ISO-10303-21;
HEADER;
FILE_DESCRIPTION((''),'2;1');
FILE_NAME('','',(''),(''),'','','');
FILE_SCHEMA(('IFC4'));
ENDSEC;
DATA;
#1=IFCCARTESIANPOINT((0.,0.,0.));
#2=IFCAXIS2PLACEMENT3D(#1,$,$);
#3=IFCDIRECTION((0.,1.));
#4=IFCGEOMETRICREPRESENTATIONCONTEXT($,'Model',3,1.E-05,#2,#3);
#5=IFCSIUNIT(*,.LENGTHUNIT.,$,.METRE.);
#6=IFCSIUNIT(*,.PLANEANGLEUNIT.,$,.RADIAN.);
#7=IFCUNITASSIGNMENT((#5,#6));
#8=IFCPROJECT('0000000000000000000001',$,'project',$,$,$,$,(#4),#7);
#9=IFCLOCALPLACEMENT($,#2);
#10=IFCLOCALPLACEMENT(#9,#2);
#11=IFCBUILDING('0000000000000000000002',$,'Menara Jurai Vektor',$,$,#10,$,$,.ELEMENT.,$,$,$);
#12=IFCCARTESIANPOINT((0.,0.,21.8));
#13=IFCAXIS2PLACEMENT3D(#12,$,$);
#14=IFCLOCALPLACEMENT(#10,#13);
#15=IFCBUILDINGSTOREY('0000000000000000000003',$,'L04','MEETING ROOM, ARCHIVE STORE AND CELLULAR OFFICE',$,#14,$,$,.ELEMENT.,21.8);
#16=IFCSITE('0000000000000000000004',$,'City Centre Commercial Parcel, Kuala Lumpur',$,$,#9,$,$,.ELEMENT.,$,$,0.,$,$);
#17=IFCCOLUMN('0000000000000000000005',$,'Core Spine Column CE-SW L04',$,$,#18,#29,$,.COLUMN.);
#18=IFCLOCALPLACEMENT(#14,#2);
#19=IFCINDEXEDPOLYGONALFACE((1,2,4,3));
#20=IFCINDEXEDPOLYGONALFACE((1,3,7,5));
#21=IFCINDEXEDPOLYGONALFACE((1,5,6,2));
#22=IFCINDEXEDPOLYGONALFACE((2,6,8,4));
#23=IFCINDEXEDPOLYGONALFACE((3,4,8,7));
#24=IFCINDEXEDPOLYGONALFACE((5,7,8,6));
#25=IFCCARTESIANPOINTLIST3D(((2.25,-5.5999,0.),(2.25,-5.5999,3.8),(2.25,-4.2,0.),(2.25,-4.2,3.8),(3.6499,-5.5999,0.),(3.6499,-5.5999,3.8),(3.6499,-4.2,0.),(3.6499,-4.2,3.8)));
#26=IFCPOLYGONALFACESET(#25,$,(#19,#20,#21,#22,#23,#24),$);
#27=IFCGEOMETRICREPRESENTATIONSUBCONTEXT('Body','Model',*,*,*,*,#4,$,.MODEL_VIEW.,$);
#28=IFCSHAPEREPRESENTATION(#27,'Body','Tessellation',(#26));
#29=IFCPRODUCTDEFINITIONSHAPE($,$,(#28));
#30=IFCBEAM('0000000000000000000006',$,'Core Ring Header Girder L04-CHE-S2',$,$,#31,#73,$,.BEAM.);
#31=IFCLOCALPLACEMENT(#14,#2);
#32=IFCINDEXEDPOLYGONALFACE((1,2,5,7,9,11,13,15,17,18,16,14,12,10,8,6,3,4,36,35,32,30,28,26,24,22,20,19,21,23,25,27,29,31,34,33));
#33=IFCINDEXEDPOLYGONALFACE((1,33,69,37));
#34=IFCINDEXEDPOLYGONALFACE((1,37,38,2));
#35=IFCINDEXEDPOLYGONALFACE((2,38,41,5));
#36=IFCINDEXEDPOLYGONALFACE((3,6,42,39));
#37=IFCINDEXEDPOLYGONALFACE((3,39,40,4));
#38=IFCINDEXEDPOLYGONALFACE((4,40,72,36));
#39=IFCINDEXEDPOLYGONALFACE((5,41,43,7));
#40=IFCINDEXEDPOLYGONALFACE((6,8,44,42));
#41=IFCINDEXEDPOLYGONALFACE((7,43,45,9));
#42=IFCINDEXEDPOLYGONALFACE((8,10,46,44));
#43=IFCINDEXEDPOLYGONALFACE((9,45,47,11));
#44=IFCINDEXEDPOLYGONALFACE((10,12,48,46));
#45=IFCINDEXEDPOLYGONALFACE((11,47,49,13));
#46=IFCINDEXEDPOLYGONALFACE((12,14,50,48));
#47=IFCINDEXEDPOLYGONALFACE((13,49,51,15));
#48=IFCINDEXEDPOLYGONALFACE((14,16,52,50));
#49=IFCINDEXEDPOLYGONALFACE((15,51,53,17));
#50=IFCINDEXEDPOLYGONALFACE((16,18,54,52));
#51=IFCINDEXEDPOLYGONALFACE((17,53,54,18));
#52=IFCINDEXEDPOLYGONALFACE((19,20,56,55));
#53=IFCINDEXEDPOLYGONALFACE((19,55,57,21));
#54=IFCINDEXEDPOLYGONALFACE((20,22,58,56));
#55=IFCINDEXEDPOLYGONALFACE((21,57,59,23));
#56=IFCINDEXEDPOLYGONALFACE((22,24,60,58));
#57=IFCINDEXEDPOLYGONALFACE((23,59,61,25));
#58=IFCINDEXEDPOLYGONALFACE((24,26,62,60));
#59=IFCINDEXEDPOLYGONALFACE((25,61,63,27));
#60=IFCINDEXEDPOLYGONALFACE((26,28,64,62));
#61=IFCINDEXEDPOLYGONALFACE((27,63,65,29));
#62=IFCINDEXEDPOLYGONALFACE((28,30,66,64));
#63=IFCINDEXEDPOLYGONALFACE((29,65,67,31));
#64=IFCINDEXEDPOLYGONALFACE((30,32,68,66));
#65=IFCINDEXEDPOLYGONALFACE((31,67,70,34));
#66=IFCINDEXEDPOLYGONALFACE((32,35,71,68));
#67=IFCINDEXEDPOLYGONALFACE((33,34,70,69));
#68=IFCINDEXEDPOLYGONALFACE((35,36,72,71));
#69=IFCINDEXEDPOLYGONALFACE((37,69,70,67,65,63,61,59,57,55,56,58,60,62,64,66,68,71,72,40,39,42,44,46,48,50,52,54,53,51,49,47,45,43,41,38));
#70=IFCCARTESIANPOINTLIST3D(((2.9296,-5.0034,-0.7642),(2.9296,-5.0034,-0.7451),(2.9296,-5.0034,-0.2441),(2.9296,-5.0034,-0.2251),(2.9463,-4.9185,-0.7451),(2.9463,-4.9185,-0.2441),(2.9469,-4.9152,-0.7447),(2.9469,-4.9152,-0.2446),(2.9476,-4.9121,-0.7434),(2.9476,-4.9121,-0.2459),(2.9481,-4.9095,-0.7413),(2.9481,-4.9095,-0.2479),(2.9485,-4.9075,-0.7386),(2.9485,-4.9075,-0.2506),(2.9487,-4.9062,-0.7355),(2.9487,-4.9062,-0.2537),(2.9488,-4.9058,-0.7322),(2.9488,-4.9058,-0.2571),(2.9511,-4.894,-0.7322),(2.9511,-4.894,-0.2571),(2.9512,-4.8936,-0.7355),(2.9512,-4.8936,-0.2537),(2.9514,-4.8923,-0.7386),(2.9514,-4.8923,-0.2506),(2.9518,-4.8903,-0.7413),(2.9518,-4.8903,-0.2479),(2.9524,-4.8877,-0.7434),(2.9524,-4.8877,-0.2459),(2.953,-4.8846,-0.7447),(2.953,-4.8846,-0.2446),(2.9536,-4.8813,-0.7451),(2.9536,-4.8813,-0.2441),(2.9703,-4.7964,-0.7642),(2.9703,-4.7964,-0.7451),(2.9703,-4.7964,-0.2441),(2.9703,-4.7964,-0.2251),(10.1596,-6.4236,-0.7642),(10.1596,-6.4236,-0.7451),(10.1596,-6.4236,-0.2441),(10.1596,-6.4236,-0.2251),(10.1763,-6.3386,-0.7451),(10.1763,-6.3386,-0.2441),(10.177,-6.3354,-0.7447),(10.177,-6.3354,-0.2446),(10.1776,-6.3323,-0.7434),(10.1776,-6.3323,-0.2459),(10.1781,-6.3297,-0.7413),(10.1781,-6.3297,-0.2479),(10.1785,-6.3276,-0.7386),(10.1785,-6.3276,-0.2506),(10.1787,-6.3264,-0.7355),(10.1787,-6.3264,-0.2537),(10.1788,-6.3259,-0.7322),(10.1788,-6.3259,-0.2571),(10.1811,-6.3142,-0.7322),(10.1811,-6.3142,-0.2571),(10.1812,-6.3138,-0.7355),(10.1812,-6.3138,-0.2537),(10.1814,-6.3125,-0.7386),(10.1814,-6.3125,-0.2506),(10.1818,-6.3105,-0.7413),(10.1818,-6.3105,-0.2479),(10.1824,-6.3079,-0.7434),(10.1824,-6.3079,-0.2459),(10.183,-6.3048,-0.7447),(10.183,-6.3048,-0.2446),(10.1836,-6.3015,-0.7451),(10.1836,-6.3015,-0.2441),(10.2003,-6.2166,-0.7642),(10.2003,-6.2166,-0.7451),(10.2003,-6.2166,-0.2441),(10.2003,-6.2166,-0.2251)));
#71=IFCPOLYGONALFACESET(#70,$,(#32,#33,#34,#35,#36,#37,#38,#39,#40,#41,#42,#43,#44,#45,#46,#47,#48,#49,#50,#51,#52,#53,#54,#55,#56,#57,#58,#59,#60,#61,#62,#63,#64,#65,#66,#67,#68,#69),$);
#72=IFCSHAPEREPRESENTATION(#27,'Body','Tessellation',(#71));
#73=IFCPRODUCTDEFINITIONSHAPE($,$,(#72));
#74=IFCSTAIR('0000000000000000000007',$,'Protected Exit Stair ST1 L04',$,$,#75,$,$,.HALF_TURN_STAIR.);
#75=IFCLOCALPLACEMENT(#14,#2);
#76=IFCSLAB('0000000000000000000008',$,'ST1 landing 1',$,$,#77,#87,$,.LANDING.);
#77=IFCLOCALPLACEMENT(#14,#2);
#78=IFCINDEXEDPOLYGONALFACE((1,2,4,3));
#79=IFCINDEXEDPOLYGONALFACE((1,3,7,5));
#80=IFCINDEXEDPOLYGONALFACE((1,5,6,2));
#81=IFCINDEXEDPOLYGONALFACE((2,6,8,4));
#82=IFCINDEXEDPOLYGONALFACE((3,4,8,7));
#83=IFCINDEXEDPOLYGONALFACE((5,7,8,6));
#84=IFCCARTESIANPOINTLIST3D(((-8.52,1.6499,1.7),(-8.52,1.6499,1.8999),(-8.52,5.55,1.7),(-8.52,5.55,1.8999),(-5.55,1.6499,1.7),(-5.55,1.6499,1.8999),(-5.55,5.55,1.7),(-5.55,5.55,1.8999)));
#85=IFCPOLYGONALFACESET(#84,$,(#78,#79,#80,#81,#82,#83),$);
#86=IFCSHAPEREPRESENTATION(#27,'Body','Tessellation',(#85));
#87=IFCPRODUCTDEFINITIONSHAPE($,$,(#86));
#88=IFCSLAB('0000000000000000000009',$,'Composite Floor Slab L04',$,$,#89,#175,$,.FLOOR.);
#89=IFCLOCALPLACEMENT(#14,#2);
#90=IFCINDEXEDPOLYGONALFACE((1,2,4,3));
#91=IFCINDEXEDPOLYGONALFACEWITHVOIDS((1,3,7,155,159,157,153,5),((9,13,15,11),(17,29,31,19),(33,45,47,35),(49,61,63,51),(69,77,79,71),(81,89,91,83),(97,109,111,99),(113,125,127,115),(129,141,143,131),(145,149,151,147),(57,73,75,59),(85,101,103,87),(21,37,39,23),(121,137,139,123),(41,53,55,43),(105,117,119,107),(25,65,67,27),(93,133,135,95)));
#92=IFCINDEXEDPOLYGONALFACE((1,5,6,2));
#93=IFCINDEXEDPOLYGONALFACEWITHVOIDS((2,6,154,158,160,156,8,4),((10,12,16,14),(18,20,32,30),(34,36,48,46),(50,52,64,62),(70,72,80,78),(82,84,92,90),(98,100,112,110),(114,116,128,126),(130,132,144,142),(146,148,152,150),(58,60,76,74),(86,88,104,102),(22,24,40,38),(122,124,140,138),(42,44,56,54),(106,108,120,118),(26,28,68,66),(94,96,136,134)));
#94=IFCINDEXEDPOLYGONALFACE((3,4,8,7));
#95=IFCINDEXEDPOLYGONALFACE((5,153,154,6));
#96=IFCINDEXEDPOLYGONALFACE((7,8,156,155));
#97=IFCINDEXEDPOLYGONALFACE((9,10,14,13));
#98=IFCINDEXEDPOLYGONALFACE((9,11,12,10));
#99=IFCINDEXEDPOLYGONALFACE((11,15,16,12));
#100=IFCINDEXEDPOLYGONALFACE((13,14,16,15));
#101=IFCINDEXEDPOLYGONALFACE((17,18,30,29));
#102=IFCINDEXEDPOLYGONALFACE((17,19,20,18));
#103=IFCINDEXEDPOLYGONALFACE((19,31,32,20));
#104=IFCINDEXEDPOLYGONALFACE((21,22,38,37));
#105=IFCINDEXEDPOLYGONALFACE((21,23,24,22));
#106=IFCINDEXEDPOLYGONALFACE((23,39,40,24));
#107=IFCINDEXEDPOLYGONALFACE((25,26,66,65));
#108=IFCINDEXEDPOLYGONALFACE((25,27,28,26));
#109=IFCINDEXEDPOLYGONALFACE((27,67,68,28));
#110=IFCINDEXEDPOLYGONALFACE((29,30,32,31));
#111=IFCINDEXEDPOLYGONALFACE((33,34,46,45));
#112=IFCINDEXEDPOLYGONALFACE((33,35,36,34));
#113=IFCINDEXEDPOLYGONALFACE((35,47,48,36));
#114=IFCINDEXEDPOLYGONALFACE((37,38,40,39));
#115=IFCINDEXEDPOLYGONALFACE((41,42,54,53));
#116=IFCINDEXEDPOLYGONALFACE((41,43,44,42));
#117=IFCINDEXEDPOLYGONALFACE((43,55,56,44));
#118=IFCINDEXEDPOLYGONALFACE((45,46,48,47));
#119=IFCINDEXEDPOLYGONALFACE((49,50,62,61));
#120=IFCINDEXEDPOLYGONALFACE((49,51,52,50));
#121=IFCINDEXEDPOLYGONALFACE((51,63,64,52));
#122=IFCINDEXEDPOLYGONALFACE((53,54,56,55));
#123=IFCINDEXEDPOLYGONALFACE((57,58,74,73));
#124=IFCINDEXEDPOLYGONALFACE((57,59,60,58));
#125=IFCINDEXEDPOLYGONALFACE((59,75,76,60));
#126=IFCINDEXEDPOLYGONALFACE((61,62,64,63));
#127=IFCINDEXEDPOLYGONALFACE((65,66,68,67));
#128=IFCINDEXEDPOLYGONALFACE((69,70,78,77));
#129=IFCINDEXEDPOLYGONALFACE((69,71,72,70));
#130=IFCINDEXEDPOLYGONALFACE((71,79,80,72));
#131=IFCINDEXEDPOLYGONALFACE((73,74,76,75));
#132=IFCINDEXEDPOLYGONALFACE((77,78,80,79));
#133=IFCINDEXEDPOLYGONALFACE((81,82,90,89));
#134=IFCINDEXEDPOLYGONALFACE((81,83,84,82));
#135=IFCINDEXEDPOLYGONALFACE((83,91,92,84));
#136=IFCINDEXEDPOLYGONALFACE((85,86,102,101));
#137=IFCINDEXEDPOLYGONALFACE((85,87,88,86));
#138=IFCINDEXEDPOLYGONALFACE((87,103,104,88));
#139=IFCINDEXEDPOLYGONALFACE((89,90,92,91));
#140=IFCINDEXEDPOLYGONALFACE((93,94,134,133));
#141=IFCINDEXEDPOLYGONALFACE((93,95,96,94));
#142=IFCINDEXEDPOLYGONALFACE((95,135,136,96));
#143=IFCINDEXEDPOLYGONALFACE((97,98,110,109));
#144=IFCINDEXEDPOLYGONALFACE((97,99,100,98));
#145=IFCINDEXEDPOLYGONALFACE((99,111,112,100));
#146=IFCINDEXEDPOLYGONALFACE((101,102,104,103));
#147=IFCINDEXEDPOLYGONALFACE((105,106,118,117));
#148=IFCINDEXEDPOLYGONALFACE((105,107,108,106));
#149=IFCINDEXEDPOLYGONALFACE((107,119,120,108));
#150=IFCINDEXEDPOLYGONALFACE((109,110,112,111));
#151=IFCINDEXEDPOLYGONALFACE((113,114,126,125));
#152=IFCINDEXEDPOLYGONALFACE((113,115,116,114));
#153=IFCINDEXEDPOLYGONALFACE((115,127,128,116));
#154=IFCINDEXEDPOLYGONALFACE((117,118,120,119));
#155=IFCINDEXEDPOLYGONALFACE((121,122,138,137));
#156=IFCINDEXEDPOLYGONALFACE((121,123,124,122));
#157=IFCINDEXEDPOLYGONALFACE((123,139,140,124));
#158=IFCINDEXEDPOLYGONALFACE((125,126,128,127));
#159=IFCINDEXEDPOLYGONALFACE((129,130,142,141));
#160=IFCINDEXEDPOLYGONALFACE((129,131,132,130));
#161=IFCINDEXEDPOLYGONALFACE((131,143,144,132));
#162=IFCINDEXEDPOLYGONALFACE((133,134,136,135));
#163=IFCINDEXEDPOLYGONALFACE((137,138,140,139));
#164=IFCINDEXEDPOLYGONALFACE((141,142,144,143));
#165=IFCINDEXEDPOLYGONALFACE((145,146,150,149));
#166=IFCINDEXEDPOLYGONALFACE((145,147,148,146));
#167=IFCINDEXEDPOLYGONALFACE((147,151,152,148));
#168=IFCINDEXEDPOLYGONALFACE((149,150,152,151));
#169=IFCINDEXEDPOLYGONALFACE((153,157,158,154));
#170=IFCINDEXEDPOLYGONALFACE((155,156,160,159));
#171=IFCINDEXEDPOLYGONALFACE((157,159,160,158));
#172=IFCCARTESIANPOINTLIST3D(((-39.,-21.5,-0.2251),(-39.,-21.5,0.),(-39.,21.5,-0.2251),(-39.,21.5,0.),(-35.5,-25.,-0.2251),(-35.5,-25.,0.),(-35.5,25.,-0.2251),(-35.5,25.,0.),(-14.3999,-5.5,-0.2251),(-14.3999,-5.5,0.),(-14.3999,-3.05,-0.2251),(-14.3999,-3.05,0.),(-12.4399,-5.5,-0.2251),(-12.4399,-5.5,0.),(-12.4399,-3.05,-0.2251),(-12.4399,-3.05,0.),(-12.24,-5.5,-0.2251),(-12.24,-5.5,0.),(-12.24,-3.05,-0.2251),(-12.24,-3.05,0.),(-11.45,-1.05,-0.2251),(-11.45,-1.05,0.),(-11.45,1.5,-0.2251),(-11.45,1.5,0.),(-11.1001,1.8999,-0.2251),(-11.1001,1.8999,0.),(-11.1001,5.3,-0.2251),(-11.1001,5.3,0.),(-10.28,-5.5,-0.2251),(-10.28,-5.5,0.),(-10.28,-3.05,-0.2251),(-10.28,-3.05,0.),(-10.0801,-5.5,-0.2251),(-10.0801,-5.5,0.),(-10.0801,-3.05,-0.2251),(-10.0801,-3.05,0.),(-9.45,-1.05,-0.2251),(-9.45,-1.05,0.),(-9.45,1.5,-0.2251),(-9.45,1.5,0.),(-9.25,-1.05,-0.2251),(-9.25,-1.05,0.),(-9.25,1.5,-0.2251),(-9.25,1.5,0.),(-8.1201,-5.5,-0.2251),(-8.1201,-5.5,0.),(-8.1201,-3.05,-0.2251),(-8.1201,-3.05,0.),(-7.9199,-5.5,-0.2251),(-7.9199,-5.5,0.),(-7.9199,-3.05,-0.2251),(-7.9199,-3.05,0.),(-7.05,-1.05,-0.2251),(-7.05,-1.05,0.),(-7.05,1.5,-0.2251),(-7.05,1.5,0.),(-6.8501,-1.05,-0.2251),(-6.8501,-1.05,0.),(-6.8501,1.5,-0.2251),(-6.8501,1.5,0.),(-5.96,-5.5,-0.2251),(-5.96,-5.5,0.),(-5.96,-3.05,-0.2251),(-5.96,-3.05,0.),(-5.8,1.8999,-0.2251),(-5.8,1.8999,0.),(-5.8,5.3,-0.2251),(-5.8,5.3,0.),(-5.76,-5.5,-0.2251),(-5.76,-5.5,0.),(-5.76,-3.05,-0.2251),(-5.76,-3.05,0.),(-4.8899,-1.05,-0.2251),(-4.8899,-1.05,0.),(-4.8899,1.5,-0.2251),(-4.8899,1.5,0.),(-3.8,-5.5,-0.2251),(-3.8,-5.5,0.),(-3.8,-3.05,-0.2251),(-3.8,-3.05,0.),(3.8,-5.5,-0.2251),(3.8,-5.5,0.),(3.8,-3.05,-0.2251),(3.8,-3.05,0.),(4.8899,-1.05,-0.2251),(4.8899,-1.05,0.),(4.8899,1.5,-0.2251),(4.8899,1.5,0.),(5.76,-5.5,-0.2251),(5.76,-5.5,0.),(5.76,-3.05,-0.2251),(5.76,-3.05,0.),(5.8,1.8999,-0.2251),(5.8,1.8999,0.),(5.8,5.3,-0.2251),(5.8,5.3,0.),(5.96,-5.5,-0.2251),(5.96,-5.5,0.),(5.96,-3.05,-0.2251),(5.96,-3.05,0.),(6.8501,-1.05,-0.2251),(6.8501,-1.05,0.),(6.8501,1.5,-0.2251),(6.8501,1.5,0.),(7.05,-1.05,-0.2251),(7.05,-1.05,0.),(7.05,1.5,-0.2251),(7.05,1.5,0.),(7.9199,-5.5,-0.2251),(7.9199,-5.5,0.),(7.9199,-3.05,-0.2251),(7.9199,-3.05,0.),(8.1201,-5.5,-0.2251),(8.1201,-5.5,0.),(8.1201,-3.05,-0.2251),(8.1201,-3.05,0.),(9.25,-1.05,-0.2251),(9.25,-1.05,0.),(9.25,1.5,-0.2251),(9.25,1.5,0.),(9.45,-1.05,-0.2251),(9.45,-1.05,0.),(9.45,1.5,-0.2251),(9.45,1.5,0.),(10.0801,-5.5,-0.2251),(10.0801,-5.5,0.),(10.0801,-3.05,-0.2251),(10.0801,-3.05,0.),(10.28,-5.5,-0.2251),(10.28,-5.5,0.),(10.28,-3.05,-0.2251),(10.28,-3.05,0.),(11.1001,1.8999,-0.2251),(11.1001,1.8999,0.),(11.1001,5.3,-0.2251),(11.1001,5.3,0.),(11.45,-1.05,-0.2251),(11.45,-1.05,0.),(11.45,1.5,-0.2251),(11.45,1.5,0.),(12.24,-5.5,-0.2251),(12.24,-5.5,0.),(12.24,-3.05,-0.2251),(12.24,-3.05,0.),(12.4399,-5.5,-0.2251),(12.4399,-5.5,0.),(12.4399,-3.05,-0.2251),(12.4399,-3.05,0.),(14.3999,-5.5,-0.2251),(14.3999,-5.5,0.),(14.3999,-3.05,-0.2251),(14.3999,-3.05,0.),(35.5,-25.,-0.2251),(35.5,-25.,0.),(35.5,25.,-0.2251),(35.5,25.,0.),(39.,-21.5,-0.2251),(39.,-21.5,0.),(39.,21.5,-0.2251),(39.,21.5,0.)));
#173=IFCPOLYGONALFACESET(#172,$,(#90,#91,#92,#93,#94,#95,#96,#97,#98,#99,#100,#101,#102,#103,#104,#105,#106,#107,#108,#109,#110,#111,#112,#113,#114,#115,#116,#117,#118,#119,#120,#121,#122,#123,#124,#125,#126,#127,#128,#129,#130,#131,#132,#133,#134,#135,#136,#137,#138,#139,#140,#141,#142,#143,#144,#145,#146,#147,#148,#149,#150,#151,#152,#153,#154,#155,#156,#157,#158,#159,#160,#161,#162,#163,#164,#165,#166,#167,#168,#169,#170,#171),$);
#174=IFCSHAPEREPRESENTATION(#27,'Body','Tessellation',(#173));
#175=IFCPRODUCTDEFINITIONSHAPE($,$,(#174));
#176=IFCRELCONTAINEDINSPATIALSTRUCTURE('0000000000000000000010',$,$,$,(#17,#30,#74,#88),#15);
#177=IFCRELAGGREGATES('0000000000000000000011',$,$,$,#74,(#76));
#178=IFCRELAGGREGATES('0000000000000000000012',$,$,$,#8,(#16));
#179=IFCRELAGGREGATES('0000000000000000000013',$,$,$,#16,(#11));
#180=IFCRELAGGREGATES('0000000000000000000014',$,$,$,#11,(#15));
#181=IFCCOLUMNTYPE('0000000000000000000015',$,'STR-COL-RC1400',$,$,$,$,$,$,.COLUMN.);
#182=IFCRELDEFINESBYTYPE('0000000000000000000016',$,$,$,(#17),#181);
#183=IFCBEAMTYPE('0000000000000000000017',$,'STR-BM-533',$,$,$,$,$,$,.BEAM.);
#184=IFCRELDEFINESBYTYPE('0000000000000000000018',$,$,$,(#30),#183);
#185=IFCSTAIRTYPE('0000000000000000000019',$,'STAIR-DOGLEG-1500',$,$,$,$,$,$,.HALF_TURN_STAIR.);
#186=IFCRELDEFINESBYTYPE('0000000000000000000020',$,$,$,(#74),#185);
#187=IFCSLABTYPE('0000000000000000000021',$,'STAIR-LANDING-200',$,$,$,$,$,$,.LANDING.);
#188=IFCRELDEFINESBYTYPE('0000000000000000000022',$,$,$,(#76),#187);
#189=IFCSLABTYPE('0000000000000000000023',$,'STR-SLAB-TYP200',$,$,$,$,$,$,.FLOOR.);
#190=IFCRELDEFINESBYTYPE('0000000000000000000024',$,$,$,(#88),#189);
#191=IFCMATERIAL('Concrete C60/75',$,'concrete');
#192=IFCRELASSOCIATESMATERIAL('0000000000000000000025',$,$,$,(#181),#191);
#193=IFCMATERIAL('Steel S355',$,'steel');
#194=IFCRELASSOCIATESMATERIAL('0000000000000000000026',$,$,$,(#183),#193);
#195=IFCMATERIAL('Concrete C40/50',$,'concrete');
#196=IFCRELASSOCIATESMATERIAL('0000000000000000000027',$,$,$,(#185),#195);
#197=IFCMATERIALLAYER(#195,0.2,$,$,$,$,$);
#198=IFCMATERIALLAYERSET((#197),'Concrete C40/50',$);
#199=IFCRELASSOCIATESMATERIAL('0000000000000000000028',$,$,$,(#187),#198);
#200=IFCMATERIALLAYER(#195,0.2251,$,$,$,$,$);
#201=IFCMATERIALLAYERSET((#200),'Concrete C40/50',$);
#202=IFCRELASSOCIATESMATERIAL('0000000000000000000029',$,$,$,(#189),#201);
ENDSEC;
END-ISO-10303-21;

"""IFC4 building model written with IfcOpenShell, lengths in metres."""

from ifc_helpers import new_model, si_unit, direction, frame, origin, origin_2d, place, context, subcontext, project, spatial, polyline, rectangle, i_section, outline, extrude, material, layer, layer_set, material_profile, profile_set, type_object, element, aggregate, save


model = new_model("IFC4")

# Units and contexts
model_context = context("Model", 3, precision=1e-05, world=origin(), true_north=direction((0.0, 1.0)))
body_context = subcontext(model_context, "Body", "Model", "MODEL_VIEW")
ifc_project = project(units=[si_unit("LENGTHUNIT", "METRE"), si_unit("PLANEANGLEUNIT", "RADIAN")], contexts=[model_context])

# Site, building, storey
site_placement = place(None, origin())
site = spatial("IfcSite", under=ifc_project, at=site_placement, Name="City Centre Commercial Parcel, Kuala Lumpur", CompositionType="ELEMENT", RefElevation=0.0)
building_placement = place(site_placement, origin())
building = spatial("IfcBuilding", under=site, at=building_placement, Name="Menara Jurai Vektor", CompositionType="ELEMENT")
storey_placement = place(building_placement, frame((0.0, 0.0, 21.8)))
storey = spatial("IfcBuildingStorey", under=building, at=storey_placement, Name="L04", Description="MEETING ROOM, ARCHIVE STORE AND CELLULAR OFFICE", CompositionType="ELEMENT", Elevation=21.8)

# Column
ifc_material_1 = material(Name="Concrete C60/75", Category="concrete")
ifc_material_profile_1 = material_profile(ifc_material_1, rectangle(XDim=1.3999, YDim=1.3999, at=origin_2d()), Name="RC 1400x1400")
ifc_profile_set_1 = profile_set([ifc_material_profile_1], Name="Concrete C60/75")
column_type = type_object("IfcColumnType", Name="STR-COL-RC1400", PredefinedType="COLUMN", material=ifc_profile_set_1)
column_placement = place(storey_placement, frame((2.95, -4.8999, 0.0), z_axis=(0.0, 0.0, 1.0), x_axis=(1.0, 0.0, 0.0)))
element("IfcColumn", 1, at=column_placement, inside=storey, type_object=column_type, Name="Core Spine Column CE-SW L04", PredefinedType="COLUMN", context=body_context, shape_type="SweptSolid", body=[
    extrude(rectangle(XDim=1.3999, YDim=1.3999, at=origin_2d()), origin(), (0.0, 0.0, 1.0), 3.8),
])

# Beam
ifc_material_2 = material(Name="Steel S355", Category="steel")
ifc_material_profile_2 = material_profile(ifc_material_2, i_section(OverallWidth=0.2109, OverallDepth=0.5391, WebThickness=0.012, FlangeThickness=0.019, FilletRadius=0.0129, at=origin_2d()), Name="UKB 533x210x109")
ifc_profile_set_2 = profile_set([ifc_material_profile_2], Name="Steel S355")
beam_type = type_object("IfcBeamType", Name="STR-BM-533", PredefinedType="BEAM", material=ifc_profile_set_2)
beam_placement = place(storey_placement, frame((2.95, -4.8999, -0.4946), z_axis=(0.981249, -0.192744, 0.0), x_axis=(0.192744, 0.981249, 0.0)))
element("IfcBeam", 2, at=beam_placement, inside=storey, type_object=beam_type, Name="Core Ring Header Girder L04-CHE-S2", PredefinedType="BEAM", context=body_context, shape_type="SweptSolid", body=[
    extrude(i_section(OverallWidth=0.2109, OverallDepth=0.5391, WebThickness=0.012, FlangeThickness=0.019, FilletRadius=0.0129, at=origin_2d()), origin(), (0.0, 0.0, 1.0), 7.3682),
])

# Stair, slab
ifc_material_3 = material(Name="Concrete C40/50", Category="concrete")
stair_type = type_object("IfcStairType", Name="STAIR-DOGLEG-1500", PredefinedType="HALF_TURN_STAIR", material=ifc_material_3)
stair_placement = place(storey_placement, origin())
stair = element("IfcStair", 3, at=stair_placement, inside=storey, type_object=stair_type, Name="Protected Exit Stair ST1 L04", PredefinedType="HALF_TURN_STAIR")
ifc_layer_1 = layer(ifc_material_3, 0.2)
ifc_layer_set_1 = layer_set([ifc_layer_1], Name="Concrete C40/50")
slab_type_1 = type_object("IfcSlabType", Name="STAIR-LANDING-200", PredefinedType="LANDING", material=ifc_layer_set_1)
slab_1_placement = place(storey_placement, frame((0.0, 0.0, 1.7)))
slab_1 = element("IfcSlab", 4, at=slab_1_placement, type_object=slab_type_1, Name="ST1 landing 1", PredefinedType="LANDING", context=body_context, shape_type="SweptSolid", body=[
    extrude(outline(polyline([(-8.52, 1.6499), (-5.55, 1.6499), (-5.55, 5.55), (-8.52, 5.55), (-8.52, 1.6499)])), origin(), (0.0, 0.0, 1.0), 0.2),
])
aggregate(stair, [slab_1])

# Slab
ifc_layer_2 = layer(ifc_material_3, 0.2251)
ifc_layer_set_2 = layer_set([ifc_layer_2], Name="Concrete C40/50")
slab_type_2 = type_object("IfcSlabType", Name="STR-SLAB-TYP200", PredefinedType="FLOOR", material=ifc_layer_set_2)
slab_2_placement = place(storey_placement, frame((0.0, 0.0, -0.2251)))
element("IfcSlab", 5, at=slab_2_placement, inside=storey, type_object=slab_type_2, Name="Composite Floor Slab L04", PredefinedType="FLOOR", context=body_context, shape_type="SweptSolid", body=[
    extrude(outline(polyline([(-35.5, -25.0), (35.5, -25.0), (39.0, -21.5), (39.0, 21.5), (35.5, 25.0), (-35.5, 25.0), (-39.0, 21.5), (-39.0, -21.5), (-35.5, -25.0)]), holes=[polyline([(-11.1001, 1.8999), (-11.1001, 5.3), (-5.8, 5.3), (-5.8, 1.8999), (-11.1001, 1.8999)]), polyline([(5.8, 1.8999), (5.8, 5.3), (11.1001, 5.3), (11.1001, 1.8999), (5.8, 1.8999)]), polyline([(-11.45, -1.05), (-11.45, 1.5), (-9.45, 1.5), (-9.45, -1.05), (-11.45, -1.05)]), polyline([(9.45, -1.05), (9.45, 1.5), (11.45, 1.5), (11.45, -1.05), (9.45, -1.05)]), polyline([(-5.76, -5.5), (-5.76, -3.05), (-3.8, -3.05), (-3.8, -5.5), (-5.76, -5.5)]), polyline([(-6.8501, -1.05), (-6.8501, 1.5), (-4.8899, 1.5), (-4.8899, -1.05), (-6.8501, -1.05)]), polyline([(3.8, -5.5), (3.8, -3.05), (5.76, -3.05), (5.76, -5.5), (3.8, -5.5)]), polyline([(4.8899, -1.05), (4.8899, 1.5), (6.8501, 1.5), (6.8501, -1.05), (4.8899, -1.05)]), polyline([(-14.3999, -5.5), (-14.3999, -3.05), (-12.4399, -3.05), (-12.4399, -5.5), (-14.3999, -5.5)]), polyline([(-12.24, -5.5), (-12.24, -3.05), (-10.28, -3.05), (-10.28, -5.5), (-12.24, -5.5)]), polyline([(10.28, -5.5), (10.28, -3.05), (12.24, -3.05), (12.24, -5.5), (10.28, -5.5)]), polyline([(12.4399, -5.5), (12.4399, -3.05), (14.3999, -3.05), (14.3999, -5.5), (12.4399, -5.5)]), polyline([(-10.0801, -5.5), (-10.0801, -3.05), (-8.1201, -3.05), (-8.1201, -5.5), (-10.0801, -5.5)]), polyline([(-7.9199, -5.5), (-7.9199, -3.05), (-5.96, -3.05), (-5.96, -5.5), (-7.9199, -5.5)]), polyline([(5.96, -5.5), (5.96, -3.05), (7.9199, -3.05), (7.9199, -5.5), (5.96, -5.5)]), polyline([(8.1201, -5.5), (8.1201, -3.05), (10.0801, -3.05), (10.0801, -5.5), (8.1201, -5.5)]), polyline([(-9.25, -1.05), (-9.25, 1.5), (-7.05, 1.5), (-7.05, -1.05), (-9.25, -1.05)]), polyline([(7.05, -1.05), (7.05, 1.5), (9.25, 1.5), (9.25, -1.05), (7.05, -1.05)])]), origin(), (0.0, 0.0, 1.0), 0.2251),
])

save(model, "model.ifc")
